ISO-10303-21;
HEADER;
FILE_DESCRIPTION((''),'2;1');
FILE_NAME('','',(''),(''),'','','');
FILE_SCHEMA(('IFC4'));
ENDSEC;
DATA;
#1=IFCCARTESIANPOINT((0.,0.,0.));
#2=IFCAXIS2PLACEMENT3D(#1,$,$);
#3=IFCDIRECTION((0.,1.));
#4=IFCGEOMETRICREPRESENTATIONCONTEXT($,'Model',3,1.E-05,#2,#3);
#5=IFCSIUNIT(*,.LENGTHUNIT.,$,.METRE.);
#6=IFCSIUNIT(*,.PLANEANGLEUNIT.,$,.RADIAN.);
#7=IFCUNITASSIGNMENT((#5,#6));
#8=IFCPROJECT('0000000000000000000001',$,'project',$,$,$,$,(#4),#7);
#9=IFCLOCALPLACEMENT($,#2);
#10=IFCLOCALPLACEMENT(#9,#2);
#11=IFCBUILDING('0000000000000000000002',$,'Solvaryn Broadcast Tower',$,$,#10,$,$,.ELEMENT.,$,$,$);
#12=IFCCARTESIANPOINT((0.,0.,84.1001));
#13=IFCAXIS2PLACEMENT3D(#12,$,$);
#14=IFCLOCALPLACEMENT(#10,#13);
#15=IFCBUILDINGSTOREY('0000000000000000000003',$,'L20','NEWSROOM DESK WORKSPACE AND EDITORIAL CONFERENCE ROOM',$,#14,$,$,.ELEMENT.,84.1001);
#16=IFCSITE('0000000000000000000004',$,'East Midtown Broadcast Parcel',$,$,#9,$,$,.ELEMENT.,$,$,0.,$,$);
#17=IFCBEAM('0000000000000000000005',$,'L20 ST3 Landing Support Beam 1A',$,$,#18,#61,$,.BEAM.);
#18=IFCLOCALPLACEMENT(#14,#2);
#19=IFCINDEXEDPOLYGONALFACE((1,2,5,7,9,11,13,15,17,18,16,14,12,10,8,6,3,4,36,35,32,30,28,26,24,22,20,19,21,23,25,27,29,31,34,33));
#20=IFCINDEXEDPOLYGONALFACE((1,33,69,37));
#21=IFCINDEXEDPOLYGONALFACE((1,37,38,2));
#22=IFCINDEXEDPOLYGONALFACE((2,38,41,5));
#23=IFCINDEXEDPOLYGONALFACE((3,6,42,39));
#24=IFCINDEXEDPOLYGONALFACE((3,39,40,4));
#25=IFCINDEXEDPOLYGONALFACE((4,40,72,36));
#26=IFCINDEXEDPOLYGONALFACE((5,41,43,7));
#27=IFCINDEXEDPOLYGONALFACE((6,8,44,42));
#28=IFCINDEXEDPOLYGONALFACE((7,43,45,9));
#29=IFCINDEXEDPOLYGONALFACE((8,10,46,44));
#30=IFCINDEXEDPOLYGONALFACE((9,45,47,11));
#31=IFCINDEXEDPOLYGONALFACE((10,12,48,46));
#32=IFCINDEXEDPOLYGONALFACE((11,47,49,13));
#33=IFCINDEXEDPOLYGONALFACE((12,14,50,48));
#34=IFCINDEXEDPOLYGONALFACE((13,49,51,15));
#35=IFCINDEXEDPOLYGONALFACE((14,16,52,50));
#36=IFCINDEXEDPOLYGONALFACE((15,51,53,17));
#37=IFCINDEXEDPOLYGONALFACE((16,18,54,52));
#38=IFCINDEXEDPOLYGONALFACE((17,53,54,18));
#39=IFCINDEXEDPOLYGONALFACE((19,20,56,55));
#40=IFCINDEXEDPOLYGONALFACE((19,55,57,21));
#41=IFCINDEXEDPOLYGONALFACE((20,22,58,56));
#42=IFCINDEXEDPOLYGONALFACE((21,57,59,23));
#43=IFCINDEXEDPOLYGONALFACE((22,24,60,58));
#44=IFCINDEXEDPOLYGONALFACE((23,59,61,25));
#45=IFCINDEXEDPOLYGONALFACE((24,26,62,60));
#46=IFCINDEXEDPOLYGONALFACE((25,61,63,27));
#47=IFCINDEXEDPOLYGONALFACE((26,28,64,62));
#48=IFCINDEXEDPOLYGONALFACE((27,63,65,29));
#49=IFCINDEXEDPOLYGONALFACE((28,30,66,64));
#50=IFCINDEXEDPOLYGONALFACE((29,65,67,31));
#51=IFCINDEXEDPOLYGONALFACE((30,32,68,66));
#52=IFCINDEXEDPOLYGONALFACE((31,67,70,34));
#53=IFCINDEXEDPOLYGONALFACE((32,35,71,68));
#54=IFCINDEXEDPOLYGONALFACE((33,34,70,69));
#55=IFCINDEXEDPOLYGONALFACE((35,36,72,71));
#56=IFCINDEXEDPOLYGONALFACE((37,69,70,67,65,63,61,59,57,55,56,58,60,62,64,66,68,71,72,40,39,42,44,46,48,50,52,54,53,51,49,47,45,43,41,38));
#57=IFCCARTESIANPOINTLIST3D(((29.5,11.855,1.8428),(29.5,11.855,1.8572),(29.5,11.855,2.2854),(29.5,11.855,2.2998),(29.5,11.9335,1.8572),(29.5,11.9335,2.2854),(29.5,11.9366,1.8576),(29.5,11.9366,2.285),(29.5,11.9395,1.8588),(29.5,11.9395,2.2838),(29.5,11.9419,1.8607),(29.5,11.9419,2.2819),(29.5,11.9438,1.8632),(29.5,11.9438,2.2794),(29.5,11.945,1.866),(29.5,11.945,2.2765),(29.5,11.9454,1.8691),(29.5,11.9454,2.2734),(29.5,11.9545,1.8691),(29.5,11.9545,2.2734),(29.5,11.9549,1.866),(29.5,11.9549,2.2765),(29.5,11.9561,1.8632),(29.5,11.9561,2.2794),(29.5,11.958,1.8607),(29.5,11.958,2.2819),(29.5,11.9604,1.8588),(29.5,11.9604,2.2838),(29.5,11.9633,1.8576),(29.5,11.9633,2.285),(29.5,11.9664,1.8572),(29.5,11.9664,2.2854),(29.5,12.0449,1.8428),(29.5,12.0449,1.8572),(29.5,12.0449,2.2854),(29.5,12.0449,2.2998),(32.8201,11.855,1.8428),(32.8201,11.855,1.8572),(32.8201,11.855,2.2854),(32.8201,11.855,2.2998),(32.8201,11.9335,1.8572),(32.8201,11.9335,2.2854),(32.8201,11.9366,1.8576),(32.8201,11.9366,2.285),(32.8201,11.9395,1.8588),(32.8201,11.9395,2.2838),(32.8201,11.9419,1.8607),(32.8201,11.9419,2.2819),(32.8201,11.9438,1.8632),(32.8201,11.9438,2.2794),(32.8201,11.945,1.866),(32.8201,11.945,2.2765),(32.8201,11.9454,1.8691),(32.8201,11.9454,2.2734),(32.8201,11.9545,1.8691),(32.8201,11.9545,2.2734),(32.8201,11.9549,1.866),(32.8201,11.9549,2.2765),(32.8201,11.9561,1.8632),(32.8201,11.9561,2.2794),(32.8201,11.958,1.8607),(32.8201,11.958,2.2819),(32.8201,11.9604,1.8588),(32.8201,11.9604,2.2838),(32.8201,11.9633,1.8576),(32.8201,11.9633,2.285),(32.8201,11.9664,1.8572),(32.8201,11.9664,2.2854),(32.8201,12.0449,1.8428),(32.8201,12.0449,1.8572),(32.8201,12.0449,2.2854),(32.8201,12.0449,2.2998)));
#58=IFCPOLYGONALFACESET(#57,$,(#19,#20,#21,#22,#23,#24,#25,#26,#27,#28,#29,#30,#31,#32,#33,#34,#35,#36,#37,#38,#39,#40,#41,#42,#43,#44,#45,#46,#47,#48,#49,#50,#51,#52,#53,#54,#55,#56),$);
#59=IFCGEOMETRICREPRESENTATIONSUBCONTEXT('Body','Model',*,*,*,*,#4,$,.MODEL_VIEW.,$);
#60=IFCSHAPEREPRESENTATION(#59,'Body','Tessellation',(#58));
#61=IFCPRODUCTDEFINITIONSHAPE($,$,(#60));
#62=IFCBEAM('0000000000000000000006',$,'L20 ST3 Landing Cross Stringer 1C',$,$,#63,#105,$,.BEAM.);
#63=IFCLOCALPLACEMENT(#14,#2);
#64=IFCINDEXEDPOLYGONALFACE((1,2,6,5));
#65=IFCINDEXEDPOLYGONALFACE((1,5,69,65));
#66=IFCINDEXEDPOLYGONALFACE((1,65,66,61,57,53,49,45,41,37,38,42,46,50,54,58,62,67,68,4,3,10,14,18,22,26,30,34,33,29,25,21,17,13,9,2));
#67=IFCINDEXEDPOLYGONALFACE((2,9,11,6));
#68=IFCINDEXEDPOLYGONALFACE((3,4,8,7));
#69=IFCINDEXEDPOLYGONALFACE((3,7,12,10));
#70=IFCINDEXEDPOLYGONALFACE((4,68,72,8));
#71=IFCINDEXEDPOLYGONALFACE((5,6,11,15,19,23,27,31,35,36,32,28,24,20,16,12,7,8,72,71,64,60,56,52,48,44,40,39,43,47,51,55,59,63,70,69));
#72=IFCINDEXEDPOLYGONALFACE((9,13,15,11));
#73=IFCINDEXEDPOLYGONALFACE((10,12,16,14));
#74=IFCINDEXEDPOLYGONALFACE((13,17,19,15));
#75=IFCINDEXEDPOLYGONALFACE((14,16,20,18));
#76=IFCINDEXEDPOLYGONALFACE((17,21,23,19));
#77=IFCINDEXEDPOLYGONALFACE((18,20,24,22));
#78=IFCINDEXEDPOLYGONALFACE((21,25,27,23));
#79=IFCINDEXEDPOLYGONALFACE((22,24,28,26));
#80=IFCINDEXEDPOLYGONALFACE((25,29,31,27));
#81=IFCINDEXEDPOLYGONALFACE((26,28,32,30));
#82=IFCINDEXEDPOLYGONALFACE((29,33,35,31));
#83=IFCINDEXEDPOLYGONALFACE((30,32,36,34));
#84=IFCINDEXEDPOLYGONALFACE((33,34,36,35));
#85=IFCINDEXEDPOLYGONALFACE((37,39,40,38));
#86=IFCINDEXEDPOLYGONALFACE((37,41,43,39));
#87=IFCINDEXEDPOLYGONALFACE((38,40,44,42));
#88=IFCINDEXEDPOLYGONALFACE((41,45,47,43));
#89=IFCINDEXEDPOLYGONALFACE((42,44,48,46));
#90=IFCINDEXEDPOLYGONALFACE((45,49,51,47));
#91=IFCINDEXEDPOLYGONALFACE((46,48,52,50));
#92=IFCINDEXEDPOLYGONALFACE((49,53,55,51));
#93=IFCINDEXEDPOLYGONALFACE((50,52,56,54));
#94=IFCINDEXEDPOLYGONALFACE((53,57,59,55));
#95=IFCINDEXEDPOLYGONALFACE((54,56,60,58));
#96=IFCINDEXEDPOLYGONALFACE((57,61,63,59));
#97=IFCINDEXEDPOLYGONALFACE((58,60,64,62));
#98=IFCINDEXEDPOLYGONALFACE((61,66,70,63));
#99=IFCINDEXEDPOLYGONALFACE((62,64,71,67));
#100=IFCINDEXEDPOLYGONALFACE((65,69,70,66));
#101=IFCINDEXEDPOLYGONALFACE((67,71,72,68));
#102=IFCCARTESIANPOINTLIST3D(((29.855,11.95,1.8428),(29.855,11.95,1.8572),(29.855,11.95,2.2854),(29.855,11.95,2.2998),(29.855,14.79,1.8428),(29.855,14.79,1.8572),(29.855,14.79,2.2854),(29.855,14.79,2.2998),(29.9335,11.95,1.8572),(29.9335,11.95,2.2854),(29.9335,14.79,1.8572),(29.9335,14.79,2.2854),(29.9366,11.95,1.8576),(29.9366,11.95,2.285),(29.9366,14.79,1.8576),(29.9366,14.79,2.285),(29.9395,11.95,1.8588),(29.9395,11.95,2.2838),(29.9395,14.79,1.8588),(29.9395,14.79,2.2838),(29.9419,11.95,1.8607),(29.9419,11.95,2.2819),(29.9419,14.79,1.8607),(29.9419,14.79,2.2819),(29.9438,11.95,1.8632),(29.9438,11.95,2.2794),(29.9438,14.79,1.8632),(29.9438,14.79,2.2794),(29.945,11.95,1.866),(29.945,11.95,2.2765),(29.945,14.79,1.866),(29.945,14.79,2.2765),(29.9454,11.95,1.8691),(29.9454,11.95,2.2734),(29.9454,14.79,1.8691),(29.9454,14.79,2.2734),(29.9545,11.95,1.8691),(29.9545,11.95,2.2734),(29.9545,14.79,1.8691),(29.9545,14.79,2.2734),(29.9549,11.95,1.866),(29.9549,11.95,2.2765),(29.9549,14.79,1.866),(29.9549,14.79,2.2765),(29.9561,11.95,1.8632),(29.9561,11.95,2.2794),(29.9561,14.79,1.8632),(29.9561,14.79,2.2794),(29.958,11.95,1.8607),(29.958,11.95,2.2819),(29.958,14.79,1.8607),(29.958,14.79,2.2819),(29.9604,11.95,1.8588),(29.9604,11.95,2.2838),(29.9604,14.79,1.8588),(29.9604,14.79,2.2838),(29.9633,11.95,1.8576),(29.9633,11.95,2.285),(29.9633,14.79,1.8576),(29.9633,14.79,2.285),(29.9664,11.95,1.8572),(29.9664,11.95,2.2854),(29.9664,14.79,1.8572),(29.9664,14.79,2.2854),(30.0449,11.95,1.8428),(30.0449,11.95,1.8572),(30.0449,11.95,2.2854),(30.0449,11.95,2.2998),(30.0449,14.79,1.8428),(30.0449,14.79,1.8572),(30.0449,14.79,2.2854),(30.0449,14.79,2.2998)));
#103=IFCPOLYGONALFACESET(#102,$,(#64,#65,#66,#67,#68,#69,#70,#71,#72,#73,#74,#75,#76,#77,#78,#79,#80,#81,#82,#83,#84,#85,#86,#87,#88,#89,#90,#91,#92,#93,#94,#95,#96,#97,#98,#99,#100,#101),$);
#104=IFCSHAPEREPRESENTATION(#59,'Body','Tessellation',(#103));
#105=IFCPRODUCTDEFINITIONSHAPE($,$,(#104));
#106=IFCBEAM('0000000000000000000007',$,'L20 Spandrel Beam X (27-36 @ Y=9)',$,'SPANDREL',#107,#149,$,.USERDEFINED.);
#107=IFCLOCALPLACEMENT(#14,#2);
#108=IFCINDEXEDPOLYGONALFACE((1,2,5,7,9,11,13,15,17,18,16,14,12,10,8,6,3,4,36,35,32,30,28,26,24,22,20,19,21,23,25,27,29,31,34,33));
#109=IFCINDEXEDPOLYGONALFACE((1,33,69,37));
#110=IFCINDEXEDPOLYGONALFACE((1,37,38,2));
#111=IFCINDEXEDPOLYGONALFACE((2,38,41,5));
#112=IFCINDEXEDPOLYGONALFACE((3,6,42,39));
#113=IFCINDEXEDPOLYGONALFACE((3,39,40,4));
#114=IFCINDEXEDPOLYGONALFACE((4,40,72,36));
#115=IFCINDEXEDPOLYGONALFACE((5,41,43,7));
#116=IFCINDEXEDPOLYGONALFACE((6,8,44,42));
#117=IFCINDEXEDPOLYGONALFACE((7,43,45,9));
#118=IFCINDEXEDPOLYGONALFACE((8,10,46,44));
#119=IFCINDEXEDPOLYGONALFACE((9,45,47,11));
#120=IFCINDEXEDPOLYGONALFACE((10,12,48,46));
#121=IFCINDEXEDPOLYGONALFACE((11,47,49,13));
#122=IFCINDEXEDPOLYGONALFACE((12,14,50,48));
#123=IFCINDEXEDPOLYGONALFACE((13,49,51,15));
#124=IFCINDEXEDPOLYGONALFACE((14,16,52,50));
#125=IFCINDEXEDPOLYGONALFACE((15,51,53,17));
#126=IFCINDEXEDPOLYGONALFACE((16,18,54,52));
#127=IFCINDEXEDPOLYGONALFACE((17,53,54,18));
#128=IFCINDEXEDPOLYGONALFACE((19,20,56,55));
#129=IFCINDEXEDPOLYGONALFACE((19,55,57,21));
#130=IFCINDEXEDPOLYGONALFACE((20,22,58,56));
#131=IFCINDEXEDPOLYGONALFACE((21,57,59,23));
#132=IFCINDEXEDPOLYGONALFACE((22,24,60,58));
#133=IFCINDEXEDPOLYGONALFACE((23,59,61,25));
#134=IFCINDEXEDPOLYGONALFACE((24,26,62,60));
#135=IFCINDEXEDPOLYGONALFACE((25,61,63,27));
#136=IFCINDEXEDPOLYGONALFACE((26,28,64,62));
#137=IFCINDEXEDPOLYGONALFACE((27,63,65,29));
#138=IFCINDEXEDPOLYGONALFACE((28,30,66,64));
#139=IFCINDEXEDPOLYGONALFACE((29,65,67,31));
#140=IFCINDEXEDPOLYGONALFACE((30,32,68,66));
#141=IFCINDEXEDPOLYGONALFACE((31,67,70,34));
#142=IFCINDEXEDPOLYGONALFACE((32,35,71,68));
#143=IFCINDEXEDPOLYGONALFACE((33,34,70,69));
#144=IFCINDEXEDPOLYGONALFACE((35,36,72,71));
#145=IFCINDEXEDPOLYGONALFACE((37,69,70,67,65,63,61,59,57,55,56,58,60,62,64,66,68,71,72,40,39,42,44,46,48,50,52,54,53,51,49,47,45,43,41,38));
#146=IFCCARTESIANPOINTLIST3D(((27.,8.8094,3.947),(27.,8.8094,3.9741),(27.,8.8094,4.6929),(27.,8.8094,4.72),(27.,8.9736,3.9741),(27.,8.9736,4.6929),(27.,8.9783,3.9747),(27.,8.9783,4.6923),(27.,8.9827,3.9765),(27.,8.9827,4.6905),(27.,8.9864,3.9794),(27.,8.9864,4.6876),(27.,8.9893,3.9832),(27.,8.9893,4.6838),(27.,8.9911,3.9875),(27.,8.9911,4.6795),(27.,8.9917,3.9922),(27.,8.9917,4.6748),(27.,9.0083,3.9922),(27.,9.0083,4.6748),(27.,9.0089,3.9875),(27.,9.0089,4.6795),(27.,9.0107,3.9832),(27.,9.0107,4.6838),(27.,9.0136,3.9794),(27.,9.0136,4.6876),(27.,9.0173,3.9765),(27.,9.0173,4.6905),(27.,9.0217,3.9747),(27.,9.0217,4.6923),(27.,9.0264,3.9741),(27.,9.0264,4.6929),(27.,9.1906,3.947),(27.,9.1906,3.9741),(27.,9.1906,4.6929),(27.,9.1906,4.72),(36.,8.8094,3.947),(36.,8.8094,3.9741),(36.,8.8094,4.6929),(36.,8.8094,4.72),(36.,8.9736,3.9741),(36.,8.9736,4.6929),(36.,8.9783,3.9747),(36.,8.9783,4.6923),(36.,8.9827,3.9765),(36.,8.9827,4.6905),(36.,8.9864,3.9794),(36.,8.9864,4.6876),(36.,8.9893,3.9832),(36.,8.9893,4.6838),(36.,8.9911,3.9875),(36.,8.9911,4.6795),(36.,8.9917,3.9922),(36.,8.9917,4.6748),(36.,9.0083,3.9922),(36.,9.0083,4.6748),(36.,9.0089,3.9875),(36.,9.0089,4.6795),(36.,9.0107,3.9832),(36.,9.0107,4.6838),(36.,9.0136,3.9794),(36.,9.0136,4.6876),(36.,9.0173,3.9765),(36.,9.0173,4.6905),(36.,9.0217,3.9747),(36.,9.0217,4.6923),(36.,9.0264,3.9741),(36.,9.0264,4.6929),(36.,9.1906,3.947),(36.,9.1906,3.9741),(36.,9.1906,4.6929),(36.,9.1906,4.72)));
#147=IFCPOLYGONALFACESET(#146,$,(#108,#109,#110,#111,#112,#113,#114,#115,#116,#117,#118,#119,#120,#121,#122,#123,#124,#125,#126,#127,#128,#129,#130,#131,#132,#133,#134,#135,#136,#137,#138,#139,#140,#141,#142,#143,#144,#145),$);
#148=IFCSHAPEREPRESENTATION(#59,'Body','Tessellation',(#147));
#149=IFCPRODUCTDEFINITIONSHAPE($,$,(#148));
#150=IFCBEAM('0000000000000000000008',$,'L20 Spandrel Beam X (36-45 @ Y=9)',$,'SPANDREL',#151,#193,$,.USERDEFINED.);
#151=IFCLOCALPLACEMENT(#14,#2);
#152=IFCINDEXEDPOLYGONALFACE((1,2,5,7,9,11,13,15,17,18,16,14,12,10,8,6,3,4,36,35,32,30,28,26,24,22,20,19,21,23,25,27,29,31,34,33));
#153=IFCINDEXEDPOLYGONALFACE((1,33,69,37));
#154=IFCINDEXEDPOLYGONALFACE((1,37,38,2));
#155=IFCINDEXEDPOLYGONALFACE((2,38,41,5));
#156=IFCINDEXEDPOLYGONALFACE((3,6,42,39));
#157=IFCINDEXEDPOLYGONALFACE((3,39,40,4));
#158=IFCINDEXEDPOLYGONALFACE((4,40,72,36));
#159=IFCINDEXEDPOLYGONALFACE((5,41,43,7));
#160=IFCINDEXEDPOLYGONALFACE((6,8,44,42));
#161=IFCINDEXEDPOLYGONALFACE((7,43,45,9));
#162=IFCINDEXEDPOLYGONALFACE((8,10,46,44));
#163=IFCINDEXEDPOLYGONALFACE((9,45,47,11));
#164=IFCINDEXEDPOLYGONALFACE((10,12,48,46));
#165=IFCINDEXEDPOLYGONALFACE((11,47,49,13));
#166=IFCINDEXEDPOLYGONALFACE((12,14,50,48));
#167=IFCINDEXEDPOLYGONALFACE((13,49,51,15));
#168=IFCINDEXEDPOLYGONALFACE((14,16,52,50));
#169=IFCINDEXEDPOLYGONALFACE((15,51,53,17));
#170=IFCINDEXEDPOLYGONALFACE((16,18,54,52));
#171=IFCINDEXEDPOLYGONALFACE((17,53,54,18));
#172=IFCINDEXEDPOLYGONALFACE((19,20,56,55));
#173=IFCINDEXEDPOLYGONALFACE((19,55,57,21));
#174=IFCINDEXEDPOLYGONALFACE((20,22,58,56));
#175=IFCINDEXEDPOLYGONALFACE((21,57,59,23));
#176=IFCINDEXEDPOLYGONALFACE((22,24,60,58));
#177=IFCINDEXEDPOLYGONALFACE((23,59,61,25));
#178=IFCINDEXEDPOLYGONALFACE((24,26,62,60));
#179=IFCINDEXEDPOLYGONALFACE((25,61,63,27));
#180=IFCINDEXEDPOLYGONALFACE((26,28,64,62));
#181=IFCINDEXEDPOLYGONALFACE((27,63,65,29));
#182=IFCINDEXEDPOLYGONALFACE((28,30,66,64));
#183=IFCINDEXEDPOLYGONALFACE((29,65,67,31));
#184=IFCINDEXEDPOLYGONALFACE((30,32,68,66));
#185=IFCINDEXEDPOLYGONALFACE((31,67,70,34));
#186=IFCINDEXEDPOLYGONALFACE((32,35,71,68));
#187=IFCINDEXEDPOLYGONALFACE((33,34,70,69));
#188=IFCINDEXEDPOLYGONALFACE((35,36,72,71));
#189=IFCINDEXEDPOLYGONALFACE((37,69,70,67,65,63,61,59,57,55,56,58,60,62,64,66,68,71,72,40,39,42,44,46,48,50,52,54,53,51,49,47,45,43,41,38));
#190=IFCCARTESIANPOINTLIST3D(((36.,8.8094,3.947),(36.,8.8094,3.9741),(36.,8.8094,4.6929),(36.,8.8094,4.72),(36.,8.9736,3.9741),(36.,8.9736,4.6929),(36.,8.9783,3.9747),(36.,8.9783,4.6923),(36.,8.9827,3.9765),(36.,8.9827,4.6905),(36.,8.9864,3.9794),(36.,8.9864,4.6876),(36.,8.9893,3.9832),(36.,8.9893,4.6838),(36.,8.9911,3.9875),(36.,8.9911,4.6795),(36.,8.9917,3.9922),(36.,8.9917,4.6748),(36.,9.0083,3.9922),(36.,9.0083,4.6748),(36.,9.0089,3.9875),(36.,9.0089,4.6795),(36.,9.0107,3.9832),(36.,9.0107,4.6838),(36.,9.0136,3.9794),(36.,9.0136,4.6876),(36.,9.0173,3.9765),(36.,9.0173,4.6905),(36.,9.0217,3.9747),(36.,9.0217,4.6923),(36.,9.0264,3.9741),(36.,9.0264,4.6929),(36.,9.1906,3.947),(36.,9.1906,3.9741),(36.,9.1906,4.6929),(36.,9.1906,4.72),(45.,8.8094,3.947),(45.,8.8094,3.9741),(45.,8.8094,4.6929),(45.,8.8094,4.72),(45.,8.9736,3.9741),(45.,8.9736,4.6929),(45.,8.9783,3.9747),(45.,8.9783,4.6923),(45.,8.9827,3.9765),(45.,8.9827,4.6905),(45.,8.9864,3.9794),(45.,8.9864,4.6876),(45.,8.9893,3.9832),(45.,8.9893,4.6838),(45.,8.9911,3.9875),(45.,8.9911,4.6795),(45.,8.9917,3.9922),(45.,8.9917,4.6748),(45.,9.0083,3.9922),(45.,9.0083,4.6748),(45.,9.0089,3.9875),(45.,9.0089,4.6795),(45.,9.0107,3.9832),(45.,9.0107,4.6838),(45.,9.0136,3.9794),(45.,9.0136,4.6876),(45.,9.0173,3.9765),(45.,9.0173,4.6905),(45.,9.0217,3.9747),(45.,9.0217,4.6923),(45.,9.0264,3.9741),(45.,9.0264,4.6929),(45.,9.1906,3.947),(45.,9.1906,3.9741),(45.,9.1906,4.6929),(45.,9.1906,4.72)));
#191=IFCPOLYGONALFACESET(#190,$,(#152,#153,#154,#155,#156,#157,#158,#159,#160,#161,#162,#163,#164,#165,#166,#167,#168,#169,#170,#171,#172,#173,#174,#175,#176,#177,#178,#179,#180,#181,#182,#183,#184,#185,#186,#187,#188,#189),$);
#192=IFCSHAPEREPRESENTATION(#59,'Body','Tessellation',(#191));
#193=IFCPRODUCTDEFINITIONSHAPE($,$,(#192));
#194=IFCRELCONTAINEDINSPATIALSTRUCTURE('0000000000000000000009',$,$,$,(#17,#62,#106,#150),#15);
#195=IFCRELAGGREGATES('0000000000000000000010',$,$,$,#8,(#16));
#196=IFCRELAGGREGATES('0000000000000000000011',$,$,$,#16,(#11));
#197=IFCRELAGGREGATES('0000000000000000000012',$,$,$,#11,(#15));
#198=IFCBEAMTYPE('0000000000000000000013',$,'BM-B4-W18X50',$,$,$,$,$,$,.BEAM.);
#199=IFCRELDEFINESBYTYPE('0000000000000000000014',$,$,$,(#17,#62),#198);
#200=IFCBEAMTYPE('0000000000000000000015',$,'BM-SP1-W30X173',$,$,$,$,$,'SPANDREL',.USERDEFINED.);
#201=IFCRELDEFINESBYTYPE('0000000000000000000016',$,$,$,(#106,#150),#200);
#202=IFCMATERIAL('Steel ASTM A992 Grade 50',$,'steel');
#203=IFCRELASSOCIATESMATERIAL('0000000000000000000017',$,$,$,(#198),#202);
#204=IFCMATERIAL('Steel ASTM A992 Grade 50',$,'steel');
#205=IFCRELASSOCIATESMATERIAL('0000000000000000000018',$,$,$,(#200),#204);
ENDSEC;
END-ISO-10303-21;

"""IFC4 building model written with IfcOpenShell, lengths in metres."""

from ifc_helpers import new_model, si_unit, direction, frame, origin, origin_2d, place, context, subcontext, project, spatial, i_section, extrude, material, material_profile, profile_set, type_object, element, save


model = new_model("IFC4")

# Units and contexts
model_context = context("Model", 3, precision=1e-05, world=origin(), true_north=direction((0.0, 1.0)))
body_context = subcontext(model_context, "Body", "Model", "MODEL_VIEW")
ifc_project = project(units=[si_unit("LENGTHUNIT", "METRE"), si_unit("PLANEANGLEUNIT", "RADIAN")], contexts=[model_context])

# Site, building, storey
site_placement = place(None, origin())
site = spatial("IfcSite", under=ifc_project, at=site_placement, Name="East Midtown Broadcast Parcel", CompositionType="ELEMENT", RefElevation=0.0)
building_placement = place(site_placement, origin())
building = spatial("IfcBuilding", under=site, at=building_placement, Name="Solvaryn Broadcast Tower", CompositionType="ELEMENT")
storey_placement = place(building_placement, frame((0.0, 0.0, 84.1001)))
storey = spatial("IfcBuildingStorey", under=building, at=storey_placement, Name="L20", Description="NEWSROOM DESK WORKSPACE AND EDITORIAL CONFERENCE ROOM", CompositionType="ELEMENT", Elevation=84.1001)

# Beams
ifc_material_1 = material(Name="Steel ASTM A992 Grade 50", Category="steel")
ifc_material_profile_1 = material_profile(ifc_material_1, i_section(OverallWidth=0.1899, OverallDepth=0.457, WebThickness=0.009, FlangeThickness=0.0144, FilletRadius=0.012, at=origin_2d()))
ifc_profile_set_1 = profile_set([ifc_material_profile_1], Name="Steel ASTM A992 Grade 50")
beam_type_1 = type_object("IfcBeamType", Name="BM-B4-W18X50", PredefinedType="BEAM", material=ifc_profile_set_1)
beam_1_placement = place(storey_placement, frame((29.5, 11.95, 2.0713), z_axis=(1.0, 0.0, 0.0), x_axis=(0.0, 1.0, 0.0)))
element("IfcBeam", 1, at=beam_1_placement, inside=storey, type_object=beam_type_1, Name="L20 ST3 Landing Support Beam 1A", PredefinedType="BEAM", context=body_context, shape_type="SweptSolid", body=[
    extrude(i_section(OverallWidth=0.1899, OverallDepth=0.457, WebThickness=0.009, FlangeThickness=0.0144, FilletRadius=0.012, at=origin_2d()), origin(), (0.0, 0.0, 1.0), 3.3201),
])
beam_2_placement = place(storey_placement, frame((29.95, 11.95, 2.0713), z_axis=(0.0, 1.0, 0.0), x_axis=(-1.0, 0.0, 0.0)))
element("IfcBeam", 2, at=beam_2_placement, inside=storey, type_object=beam_type_1, Name="L20 ST3 Landing Cross Stringer 1C", PredefinedType="BEAM", context=body_context, shape_type="SweptSolid", body=[
    extrude(i_section(OverallWidth=0.1899, OverallDepth=0.457, WebThickness=0.009, FlangeThickness=0.0144, FilletRadius=0.012, at=origin_2d()), origin(), (0.0, 0.0, 1.0), 2.8401),
])
ifc_material_2 = material(Name="Steel ASTM A992 Grade 50", Category="steel")
ifc_material_profile_2 = material_profile(ifc_material_2, i_section(OverallWidth=0.3811, OverallDepth=0.7729, WebThickness=0.0166, FlangeThickness=0.0271, FilletRadius=0.0181, at=origin_2d()))
ifc_profile_set_2 = profile_set([ifc_material_profile_2], Name="Steel ASTM A992 Grade 50")
beam_type_2 = type_object("IfcBeamType", Name="BM-SP1-W30X173", ElementType="SPANDREL", PredefinedType="USERDEFINED", material=ifc_profile_set_2)
for number, where, z_axis, x_axis, name in (
    (3, (27.0, 9.0, 4.3335), (1.0, 0.0, 0.0), (0.0, 1.0, 0.0), "L20 Spandrel Beam X (27-36 @ Y=9)"),
    (4, (36.0, 9.0, 4.3335), (1.0, 0.0, 0.0), (0.0, 1.0, 0.0), "L20 Spandrel Beam X (36-45 @ Y=9)"),
):
    element("IfcBeam", number, at=place(storey_placement, frame(where, z_axis=z_axis, x_axis=x_axis)), inside=storey, type_object=beam_type_2, Name=name, ObjectType="SPANDREL", PredefinedType="USERDEFINED", context=body_context, shape_type="SweptSolid", body=[
        extrude(i_section(OverallWidth=0.3811, OverallDepth=0.7729, WebThickness=0.0166, FlangeThickness=0.0271, FilletRadius=0.0181, at=origin_2d()), origin(), (0.0, 0.0, 1.0), 9.0),
    ])

save(model, "model.ifc")
